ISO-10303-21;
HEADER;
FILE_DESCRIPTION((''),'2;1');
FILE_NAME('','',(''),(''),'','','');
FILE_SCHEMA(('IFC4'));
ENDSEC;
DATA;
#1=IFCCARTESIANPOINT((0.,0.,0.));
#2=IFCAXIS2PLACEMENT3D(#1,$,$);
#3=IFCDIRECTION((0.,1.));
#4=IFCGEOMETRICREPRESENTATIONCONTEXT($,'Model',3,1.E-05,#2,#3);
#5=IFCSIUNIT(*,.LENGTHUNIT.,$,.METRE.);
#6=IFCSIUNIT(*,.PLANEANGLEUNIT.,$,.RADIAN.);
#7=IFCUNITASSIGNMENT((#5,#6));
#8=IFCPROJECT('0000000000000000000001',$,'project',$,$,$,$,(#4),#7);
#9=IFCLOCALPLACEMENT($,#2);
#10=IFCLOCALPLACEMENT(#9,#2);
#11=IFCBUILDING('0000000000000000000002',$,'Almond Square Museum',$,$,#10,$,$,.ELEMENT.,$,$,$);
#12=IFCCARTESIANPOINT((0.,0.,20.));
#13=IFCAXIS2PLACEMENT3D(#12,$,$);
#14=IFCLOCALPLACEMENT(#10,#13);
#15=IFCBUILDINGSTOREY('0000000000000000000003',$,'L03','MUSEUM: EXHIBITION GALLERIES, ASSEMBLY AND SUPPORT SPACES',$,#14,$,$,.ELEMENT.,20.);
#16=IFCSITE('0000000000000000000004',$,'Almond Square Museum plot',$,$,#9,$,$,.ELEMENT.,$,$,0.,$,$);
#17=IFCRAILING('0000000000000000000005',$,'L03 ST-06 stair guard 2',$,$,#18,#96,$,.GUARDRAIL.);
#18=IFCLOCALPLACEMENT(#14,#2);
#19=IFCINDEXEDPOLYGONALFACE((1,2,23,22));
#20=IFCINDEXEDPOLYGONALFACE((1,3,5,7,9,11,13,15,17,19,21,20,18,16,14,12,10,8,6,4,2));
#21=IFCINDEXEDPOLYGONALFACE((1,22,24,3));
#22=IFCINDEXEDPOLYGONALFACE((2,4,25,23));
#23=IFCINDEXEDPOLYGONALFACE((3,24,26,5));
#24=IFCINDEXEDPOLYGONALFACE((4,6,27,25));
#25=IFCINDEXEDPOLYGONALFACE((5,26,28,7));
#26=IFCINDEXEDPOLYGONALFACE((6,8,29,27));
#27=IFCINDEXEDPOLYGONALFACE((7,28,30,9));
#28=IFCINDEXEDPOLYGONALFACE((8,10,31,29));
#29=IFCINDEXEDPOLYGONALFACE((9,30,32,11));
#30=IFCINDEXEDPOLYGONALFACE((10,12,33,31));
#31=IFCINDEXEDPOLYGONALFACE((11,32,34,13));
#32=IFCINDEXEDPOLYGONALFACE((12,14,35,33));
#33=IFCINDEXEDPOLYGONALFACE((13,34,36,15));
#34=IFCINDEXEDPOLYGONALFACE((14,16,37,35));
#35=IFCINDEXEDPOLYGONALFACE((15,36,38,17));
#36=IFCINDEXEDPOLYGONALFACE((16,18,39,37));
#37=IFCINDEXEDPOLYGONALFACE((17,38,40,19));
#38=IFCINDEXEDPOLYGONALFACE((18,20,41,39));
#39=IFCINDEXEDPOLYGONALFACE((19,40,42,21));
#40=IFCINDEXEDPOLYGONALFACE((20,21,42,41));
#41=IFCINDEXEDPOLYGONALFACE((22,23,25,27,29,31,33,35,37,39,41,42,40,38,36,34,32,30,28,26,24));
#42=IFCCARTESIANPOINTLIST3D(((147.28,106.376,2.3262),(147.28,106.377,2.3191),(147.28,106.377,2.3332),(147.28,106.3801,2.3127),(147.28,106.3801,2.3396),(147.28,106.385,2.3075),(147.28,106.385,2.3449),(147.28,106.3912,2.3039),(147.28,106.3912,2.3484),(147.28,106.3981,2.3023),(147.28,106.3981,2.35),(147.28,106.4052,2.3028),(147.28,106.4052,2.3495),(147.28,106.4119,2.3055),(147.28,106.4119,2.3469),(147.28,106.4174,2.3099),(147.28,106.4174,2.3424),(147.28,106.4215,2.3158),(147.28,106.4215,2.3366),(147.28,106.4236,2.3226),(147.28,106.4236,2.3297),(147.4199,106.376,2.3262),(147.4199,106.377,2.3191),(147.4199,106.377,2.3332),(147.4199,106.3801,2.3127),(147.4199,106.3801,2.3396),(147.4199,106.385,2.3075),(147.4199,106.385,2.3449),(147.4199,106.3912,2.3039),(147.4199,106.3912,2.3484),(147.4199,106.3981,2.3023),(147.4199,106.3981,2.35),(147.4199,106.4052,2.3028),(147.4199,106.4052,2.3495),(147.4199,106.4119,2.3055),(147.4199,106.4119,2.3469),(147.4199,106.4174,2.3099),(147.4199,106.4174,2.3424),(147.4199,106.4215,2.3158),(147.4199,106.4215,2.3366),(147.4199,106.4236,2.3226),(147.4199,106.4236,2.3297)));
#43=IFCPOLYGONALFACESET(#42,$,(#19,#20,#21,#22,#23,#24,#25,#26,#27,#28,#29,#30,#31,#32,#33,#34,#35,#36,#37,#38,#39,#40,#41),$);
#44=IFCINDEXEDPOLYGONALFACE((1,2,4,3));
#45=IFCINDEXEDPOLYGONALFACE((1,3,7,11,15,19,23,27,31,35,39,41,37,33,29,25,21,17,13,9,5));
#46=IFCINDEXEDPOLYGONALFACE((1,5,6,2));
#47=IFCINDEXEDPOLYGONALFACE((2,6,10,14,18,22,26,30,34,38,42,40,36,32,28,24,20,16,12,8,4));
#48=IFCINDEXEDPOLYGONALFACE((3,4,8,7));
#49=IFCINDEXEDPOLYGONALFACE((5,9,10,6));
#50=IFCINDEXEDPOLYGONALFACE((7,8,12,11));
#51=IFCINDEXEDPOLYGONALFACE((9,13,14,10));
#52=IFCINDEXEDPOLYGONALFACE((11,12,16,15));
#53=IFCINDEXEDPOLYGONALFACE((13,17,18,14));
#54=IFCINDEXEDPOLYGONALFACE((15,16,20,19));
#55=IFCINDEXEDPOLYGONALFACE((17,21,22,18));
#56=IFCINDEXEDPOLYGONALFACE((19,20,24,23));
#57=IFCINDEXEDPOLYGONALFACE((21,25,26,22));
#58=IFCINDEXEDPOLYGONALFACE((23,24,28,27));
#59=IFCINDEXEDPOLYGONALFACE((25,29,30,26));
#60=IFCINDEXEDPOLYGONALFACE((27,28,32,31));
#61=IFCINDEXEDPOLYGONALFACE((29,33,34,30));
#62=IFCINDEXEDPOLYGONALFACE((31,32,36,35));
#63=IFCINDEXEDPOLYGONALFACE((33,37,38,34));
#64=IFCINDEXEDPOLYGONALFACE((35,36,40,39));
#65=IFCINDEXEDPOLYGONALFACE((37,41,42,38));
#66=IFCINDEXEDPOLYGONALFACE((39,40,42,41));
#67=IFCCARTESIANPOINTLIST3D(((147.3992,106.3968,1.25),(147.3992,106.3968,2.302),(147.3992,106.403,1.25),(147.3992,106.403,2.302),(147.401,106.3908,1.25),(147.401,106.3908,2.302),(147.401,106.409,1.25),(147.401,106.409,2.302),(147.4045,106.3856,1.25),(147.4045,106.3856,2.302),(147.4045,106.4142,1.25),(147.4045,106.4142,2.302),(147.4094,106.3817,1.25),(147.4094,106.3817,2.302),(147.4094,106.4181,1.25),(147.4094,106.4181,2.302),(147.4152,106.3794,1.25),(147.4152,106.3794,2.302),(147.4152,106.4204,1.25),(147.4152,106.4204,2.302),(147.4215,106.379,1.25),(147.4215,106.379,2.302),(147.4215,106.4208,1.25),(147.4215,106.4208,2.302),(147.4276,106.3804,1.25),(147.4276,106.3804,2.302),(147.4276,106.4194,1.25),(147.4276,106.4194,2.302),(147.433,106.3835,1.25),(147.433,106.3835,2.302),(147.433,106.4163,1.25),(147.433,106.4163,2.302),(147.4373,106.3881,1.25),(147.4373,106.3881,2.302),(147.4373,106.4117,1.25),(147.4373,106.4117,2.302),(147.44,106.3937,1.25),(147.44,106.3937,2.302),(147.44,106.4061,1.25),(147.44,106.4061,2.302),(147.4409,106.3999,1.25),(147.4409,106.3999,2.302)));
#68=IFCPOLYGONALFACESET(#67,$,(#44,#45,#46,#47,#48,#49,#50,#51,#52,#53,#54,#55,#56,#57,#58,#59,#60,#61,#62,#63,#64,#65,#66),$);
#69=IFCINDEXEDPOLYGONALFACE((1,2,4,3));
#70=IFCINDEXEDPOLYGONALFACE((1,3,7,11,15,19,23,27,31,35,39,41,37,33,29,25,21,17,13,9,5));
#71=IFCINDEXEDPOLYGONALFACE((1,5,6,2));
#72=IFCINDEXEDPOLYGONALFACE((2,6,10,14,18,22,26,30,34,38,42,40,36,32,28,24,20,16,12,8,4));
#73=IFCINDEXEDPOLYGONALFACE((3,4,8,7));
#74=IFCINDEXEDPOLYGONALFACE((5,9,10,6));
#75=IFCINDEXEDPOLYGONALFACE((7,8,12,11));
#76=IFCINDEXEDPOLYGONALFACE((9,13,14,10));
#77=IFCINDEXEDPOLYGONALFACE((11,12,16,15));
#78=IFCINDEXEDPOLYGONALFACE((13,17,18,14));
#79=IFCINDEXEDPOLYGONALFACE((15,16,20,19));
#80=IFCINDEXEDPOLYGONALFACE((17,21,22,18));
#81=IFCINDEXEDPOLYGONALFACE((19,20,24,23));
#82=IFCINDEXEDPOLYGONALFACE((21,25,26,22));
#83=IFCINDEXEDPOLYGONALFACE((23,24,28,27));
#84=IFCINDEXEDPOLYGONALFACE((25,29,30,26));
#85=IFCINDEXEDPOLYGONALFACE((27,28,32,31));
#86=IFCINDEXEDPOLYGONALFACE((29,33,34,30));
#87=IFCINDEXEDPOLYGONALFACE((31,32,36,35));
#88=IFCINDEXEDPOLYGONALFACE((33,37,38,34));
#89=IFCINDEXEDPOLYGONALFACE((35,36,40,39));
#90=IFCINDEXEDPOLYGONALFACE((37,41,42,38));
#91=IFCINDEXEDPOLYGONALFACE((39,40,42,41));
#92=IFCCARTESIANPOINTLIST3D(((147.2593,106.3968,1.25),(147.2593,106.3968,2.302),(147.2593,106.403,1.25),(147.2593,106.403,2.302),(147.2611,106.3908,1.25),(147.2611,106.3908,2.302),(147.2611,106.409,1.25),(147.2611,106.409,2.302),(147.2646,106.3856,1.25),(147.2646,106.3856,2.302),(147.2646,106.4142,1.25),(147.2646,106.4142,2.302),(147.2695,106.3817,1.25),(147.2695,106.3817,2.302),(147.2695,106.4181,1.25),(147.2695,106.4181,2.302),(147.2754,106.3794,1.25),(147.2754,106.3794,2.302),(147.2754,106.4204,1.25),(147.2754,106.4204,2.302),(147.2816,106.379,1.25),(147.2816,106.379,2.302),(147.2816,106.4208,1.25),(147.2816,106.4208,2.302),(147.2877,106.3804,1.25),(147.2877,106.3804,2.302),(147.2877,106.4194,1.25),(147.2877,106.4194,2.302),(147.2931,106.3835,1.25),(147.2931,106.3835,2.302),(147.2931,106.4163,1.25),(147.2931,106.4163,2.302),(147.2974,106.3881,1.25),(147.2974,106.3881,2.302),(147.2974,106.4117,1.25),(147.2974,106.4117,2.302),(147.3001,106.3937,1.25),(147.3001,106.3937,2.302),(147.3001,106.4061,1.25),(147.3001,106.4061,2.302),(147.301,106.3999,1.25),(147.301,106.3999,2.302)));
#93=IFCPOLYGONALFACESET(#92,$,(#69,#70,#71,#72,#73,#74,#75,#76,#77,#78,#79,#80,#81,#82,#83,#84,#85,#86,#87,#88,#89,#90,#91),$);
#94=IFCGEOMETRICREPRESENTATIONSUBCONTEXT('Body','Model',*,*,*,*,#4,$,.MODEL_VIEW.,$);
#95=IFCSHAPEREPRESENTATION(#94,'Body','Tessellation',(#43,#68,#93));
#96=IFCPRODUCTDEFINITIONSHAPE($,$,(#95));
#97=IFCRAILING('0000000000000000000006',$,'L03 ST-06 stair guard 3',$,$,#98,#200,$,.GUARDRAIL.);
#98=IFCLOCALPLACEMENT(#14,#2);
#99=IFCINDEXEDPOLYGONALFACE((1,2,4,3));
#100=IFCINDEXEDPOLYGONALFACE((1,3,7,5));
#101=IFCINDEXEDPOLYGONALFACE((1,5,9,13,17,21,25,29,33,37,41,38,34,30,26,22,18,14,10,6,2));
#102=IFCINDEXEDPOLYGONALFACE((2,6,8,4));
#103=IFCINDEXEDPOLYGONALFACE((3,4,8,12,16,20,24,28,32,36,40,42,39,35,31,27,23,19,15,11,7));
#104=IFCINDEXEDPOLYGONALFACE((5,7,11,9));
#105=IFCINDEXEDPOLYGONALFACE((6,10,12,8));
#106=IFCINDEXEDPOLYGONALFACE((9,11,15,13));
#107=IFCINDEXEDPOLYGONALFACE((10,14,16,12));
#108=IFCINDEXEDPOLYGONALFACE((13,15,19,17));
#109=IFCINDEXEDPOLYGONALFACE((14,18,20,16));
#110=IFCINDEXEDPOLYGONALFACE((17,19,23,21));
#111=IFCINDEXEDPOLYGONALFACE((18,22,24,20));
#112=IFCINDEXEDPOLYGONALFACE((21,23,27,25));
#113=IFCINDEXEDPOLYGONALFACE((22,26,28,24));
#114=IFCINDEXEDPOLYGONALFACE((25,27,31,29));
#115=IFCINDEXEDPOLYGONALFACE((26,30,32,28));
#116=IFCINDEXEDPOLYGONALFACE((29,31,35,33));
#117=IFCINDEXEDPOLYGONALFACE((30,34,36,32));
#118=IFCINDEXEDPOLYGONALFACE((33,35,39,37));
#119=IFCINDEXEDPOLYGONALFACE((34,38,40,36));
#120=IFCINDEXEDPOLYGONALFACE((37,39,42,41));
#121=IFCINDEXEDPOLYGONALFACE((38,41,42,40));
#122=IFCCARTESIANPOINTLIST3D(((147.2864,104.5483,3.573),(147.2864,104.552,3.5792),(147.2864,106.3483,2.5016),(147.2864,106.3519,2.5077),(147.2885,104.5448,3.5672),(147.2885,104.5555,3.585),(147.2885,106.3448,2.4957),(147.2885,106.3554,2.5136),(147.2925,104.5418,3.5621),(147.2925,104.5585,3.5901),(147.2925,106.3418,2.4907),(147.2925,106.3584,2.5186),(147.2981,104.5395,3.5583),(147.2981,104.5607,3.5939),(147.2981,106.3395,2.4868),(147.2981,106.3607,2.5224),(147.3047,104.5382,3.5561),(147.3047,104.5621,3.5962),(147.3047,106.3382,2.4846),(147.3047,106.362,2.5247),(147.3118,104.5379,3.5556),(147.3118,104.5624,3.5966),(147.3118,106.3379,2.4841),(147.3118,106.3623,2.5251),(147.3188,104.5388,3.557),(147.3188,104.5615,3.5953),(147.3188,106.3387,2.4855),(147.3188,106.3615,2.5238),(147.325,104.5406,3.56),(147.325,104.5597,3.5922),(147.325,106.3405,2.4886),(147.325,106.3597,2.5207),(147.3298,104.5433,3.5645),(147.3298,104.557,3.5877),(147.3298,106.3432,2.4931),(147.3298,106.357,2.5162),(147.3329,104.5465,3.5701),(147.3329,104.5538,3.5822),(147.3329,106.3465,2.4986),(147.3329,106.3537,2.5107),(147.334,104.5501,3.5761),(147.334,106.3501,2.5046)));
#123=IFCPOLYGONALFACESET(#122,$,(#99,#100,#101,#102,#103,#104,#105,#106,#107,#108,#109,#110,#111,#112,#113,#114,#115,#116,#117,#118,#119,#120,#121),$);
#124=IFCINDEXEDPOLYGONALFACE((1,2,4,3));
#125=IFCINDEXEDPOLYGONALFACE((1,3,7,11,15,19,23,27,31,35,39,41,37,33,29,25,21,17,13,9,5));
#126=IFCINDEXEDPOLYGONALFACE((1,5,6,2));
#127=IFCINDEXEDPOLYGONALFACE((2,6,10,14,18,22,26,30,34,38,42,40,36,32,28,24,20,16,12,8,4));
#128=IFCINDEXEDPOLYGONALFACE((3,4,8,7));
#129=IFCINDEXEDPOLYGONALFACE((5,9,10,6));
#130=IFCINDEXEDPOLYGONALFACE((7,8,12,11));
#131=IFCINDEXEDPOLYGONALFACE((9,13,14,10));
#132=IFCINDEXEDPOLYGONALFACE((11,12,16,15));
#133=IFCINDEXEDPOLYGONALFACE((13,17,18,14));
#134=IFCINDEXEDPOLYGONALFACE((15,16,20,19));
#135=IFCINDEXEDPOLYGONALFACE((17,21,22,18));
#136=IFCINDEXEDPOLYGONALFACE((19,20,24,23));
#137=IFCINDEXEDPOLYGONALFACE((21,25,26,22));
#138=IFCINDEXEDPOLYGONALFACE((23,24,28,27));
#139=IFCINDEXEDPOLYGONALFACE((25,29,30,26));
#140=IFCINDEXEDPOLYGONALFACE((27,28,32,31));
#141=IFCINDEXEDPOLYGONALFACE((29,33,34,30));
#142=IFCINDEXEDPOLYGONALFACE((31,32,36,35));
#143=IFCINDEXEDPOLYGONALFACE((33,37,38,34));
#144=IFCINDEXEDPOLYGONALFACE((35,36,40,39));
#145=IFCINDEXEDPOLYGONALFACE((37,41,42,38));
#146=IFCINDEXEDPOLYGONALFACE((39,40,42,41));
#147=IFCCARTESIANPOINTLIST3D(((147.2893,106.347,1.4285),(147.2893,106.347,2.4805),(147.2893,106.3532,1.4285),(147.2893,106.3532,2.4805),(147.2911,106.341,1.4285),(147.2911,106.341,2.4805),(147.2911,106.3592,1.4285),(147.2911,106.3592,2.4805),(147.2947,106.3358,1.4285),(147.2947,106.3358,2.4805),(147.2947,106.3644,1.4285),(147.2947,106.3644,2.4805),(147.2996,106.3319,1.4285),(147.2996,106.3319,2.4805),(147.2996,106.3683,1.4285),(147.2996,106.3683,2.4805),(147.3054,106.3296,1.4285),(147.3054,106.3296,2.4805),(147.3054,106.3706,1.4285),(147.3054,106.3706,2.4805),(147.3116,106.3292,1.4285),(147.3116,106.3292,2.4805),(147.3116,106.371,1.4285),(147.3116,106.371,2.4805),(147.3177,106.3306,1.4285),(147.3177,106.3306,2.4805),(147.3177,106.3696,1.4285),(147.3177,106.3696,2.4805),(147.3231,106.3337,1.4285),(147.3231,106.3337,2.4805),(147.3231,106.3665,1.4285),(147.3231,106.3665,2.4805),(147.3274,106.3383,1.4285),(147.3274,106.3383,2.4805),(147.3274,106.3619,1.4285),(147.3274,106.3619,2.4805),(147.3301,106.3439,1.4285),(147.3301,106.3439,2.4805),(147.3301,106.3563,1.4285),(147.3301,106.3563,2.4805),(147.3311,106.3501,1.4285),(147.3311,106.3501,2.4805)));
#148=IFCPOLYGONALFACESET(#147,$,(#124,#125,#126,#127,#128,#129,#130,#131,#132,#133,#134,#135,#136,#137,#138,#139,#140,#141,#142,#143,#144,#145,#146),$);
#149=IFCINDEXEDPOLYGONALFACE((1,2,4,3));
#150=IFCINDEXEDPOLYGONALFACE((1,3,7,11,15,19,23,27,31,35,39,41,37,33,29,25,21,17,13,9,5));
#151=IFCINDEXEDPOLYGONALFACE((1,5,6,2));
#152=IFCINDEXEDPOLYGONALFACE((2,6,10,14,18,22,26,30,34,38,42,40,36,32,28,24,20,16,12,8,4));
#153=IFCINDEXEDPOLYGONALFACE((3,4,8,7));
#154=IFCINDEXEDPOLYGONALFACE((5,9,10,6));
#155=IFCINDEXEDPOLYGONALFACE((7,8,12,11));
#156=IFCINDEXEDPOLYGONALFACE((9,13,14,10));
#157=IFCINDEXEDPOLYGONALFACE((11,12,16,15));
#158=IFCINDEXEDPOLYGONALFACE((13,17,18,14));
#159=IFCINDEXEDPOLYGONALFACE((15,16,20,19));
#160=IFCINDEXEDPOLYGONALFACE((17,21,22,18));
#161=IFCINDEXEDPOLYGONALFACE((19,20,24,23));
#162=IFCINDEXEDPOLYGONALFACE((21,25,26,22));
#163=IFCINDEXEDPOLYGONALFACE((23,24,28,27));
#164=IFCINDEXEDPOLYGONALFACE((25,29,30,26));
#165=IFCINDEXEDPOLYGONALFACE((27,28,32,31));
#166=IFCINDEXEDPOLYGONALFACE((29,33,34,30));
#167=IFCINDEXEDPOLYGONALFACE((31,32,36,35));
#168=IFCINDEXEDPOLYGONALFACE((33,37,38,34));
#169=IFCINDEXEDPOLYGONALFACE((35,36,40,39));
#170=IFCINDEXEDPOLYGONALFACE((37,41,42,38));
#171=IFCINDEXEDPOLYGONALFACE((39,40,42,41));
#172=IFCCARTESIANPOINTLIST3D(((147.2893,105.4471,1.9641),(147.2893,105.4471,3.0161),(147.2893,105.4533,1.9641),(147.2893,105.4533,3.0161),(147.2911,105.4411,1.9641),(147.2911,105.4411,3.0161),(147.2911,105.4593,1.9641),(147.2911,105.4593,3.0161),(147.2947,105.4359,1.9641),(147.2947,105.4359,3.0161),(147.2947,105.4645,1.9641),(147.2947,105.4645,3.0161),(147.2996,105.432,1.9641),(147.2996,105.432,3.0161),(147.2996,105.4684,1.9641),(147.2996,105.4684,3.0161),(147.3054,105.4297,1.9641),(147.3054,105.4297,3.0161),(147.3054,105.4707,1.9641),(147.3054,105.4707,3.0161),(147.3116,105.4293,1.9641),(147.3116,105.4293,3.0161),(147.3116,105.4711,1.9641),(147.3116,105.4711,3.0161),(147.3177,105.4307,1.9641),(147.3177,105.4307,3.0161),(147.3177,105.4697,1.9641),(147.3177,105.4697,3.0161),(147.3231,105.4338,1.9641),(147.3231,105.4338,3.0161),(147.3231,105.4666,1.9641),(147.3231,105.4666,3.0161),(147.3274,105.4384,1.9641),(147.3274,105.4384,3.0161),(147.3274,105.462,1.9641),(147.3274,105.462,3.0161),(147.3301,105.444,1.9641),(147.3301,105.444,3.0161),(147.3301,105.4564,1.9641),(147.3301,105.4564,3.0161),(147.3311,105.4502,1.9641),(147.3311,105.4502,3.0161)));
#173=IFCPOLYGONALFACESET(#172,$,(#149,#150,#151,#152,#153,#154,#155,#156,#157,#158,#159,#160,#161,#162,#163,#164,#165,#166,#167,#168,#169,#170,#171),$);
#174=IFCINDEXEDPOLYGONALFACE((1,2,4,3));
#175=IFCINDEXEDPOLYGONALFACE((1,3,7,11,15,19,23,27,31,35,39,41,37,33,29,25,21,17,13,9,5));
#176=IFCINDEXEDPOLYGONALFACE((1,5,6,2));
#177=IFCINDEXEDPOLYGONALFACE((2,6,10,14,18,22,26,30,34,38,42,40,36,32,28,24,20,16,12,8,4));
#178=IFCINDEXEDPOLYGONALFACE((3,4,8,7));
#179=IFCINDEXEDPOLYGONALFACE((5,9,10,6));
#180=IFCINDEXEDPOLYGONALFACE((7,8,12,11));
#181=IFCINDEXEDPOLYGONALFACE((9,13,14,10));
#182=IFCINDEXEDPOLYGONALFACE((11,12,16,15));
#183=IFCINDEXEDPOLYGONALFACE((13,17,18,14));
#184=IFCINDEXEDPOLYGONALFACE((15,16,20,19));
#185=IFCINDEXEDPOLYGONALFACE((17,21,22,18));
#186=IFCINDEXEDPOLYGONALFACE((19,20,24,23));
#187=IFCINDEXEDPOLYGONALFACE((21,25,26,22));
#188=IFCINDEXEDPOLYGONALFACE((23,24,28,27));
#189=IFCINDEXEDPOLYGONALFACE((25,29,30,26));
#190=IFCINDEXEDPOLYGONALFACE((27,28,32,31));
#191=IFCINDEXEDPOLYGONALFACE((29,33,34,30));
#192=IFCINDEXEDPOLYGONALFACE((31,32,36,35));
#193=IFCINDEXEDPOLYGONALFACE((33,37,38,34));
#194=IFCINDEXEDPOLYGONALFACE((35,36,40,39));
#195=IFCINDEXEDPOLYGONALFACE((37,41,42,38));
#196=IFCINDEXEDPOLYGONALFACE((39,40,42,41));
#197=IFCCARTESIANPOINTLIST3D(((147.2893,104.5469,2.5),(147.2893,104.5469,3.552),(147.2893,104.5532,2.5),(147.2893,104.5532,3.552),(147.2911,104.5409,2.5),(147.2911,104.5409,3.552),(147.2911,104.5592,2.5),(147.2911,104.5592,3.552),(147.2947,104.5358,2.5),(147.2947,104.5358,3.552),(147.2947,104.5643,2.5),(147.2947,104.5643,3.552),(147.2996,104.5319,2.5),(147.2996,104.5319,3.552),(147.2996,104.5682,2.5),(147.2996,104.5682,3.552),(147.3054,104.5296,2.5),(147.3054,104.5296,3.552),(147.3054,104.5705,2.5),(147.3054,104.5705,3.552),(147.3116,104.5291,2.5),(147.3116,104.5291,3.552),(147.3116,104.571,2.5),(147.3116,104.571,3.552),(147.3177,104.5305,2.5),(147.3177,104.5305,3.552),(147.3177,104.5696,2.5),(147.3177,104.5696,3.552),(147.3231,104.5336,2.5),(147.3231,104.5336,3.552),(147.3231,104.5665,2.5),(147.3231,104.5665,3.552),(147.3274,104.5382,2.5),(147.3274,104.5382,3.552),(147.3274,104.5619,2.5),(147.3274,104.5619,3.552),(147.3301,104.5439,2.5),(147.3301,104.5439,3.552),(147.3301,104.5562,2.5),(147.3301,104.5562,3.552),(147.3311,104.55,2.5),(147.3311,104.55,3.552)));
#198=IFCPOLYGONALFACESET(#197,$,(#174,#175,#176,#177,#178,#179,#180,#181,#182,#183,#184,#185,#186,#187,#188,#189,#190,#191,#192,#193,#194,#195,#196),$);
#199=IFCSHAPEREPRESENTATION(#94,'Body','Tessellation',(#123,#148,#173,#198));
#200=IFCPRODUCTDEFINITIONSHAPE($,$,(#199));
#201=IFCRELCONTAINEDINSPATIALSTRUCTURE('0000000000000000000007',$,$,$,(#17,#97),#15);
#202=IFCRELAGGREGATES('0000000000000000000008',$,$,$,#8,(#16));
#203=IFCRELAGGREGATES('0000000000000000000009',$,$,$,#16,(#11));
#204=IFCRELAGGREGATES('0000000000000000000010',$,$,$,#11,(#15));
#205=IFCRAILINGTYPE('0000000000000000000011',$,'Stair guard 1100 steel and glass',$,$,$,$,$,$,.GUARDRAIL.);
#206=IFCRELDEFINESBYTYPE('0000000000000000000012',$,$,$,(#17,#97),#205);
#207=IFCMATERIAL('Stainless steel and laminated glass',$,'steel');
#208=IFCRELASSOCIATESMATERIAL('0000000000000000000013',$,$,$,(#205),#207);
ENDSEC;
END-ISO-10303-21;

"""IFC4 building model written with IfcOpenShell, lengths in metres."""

from ifc_helpers import new_model, si_unit, direction, frame, origin, origin_2d, place, context, subcontext, project, spatial, circle, extrude, material, type_object, element, save


model = new_model("IFC4")

# Units and contexts
model_context = context("Model", 3, precision=1e-05, world=origin(), true_north=direction((0.0, 1.0)))
body_context = subcontext(model_context, "Body", "Model", "MODEL_VIEW")
ifc_project = project(units=[si_unit("LENGTHUNIT", "METRE"), si_unit("PLANEANGLEUNIT", "RADIAN")], contexts=[model_context])

# Site, building, storey
site_placement = place(None, origin())
site = spatial("IfcSite", under=ifc_project, at=site_placement, Name="Almond Square Museum plot", CompositionType="ELEMENT", RefElevation=0.0)
building_placement = place(site_placement, origin())
building = spatial("IfcBuilding", under=site, at=building_placement, Name="Almond Square Museum", CompositionType="ELEMENT")
storey_placement = place(building_placement, frame((0.0, 0.0, 20.0)))
storey = spatial("IfcBuildingStorey", under=building, at=storey_placement, Name="L03", Description="MUSEUM: EXHIBITION GALLERIES, ASSEMBLY AND SUPPORT SPACES", CompositionType="ELEMENT", Elevation=20.0)

# Railings
ifc_material_1 = material(Name="Stainless steel and laminated glass", Category="steel")
railing_type_1 = type_object("IfcRailingType", Name="Stair guard 1100 steel and glass", PredefinedType="GUARDRAIL", material=ifc_material_1)
railing_1_placement = place(storey_placement, frame((147.4199, 106.3999, 1.25)))
element("IfcRailing", 1, at=railing_1_placement, inside=storey, type_object=railing_type_1, Name="L03 ST-06 stair guard 2", PredefinedType="GUARDRAIL", context=body_context, shape_type="SweptSolid", body=[
    extrude(circle(Radius=0.0239, at=origin_2d()), frame((0.0, 0.0, 1.0762), z_axis=(-1.0, 0.0, 0.0), x_axis=(0.0, -1.0, 0.0)), (0.0, 0.0, 1.0), 0.1399),
    extrude(circle(Radius=0.021, at=origin_2d()), origin(), (0.0, 0.0, 1.0), 1.052),
    extrude(circle(Radius=0.021, at=origin_2d()), frame((-0.1399, 0.0, 0.0)), (0.0, 0.0, 1.0), 1.052),
])
railing_2_placement = place(storey_placement, frame((147.3101, 106.3501, 1.4285)))
element("IfcRailing", 2, at=railing_2_placement, inside=storey, type_object=railing_type_1, Name="L03 ST-06 stair guard 3", PredefinedType="GUARDRAIL", context=body_context, shape_type="SweptSolid", body=[
    extrude(circle(Radius=0.0239, at=origin_2d()), frame((0.0, 0.0, 1.0762), z_axis=(0.0, -0.859277, 0.51151), x_axis=(1.0, 0.0, 0.0)), (0.0, 0.0, 1.0), 2.0947),
    extrude(circle(Radius=0.021, at=origin_2d()), origin(), (0.0, 0.0, 1.0), 1.052),
    extrude(circle(Radius=0.021, at=origin_2d()), frame((0.0, -0.8999, 0.5356)), (0.0, 0.0, 1.0), 1.052),
    extrude(circle(Radius=0.021, at=origin_2d()), frame((0.0, -1.8, 1.0715)), (0.0, 0.0, 1.0), 1.052),
])

save(model, "model.ifc")
